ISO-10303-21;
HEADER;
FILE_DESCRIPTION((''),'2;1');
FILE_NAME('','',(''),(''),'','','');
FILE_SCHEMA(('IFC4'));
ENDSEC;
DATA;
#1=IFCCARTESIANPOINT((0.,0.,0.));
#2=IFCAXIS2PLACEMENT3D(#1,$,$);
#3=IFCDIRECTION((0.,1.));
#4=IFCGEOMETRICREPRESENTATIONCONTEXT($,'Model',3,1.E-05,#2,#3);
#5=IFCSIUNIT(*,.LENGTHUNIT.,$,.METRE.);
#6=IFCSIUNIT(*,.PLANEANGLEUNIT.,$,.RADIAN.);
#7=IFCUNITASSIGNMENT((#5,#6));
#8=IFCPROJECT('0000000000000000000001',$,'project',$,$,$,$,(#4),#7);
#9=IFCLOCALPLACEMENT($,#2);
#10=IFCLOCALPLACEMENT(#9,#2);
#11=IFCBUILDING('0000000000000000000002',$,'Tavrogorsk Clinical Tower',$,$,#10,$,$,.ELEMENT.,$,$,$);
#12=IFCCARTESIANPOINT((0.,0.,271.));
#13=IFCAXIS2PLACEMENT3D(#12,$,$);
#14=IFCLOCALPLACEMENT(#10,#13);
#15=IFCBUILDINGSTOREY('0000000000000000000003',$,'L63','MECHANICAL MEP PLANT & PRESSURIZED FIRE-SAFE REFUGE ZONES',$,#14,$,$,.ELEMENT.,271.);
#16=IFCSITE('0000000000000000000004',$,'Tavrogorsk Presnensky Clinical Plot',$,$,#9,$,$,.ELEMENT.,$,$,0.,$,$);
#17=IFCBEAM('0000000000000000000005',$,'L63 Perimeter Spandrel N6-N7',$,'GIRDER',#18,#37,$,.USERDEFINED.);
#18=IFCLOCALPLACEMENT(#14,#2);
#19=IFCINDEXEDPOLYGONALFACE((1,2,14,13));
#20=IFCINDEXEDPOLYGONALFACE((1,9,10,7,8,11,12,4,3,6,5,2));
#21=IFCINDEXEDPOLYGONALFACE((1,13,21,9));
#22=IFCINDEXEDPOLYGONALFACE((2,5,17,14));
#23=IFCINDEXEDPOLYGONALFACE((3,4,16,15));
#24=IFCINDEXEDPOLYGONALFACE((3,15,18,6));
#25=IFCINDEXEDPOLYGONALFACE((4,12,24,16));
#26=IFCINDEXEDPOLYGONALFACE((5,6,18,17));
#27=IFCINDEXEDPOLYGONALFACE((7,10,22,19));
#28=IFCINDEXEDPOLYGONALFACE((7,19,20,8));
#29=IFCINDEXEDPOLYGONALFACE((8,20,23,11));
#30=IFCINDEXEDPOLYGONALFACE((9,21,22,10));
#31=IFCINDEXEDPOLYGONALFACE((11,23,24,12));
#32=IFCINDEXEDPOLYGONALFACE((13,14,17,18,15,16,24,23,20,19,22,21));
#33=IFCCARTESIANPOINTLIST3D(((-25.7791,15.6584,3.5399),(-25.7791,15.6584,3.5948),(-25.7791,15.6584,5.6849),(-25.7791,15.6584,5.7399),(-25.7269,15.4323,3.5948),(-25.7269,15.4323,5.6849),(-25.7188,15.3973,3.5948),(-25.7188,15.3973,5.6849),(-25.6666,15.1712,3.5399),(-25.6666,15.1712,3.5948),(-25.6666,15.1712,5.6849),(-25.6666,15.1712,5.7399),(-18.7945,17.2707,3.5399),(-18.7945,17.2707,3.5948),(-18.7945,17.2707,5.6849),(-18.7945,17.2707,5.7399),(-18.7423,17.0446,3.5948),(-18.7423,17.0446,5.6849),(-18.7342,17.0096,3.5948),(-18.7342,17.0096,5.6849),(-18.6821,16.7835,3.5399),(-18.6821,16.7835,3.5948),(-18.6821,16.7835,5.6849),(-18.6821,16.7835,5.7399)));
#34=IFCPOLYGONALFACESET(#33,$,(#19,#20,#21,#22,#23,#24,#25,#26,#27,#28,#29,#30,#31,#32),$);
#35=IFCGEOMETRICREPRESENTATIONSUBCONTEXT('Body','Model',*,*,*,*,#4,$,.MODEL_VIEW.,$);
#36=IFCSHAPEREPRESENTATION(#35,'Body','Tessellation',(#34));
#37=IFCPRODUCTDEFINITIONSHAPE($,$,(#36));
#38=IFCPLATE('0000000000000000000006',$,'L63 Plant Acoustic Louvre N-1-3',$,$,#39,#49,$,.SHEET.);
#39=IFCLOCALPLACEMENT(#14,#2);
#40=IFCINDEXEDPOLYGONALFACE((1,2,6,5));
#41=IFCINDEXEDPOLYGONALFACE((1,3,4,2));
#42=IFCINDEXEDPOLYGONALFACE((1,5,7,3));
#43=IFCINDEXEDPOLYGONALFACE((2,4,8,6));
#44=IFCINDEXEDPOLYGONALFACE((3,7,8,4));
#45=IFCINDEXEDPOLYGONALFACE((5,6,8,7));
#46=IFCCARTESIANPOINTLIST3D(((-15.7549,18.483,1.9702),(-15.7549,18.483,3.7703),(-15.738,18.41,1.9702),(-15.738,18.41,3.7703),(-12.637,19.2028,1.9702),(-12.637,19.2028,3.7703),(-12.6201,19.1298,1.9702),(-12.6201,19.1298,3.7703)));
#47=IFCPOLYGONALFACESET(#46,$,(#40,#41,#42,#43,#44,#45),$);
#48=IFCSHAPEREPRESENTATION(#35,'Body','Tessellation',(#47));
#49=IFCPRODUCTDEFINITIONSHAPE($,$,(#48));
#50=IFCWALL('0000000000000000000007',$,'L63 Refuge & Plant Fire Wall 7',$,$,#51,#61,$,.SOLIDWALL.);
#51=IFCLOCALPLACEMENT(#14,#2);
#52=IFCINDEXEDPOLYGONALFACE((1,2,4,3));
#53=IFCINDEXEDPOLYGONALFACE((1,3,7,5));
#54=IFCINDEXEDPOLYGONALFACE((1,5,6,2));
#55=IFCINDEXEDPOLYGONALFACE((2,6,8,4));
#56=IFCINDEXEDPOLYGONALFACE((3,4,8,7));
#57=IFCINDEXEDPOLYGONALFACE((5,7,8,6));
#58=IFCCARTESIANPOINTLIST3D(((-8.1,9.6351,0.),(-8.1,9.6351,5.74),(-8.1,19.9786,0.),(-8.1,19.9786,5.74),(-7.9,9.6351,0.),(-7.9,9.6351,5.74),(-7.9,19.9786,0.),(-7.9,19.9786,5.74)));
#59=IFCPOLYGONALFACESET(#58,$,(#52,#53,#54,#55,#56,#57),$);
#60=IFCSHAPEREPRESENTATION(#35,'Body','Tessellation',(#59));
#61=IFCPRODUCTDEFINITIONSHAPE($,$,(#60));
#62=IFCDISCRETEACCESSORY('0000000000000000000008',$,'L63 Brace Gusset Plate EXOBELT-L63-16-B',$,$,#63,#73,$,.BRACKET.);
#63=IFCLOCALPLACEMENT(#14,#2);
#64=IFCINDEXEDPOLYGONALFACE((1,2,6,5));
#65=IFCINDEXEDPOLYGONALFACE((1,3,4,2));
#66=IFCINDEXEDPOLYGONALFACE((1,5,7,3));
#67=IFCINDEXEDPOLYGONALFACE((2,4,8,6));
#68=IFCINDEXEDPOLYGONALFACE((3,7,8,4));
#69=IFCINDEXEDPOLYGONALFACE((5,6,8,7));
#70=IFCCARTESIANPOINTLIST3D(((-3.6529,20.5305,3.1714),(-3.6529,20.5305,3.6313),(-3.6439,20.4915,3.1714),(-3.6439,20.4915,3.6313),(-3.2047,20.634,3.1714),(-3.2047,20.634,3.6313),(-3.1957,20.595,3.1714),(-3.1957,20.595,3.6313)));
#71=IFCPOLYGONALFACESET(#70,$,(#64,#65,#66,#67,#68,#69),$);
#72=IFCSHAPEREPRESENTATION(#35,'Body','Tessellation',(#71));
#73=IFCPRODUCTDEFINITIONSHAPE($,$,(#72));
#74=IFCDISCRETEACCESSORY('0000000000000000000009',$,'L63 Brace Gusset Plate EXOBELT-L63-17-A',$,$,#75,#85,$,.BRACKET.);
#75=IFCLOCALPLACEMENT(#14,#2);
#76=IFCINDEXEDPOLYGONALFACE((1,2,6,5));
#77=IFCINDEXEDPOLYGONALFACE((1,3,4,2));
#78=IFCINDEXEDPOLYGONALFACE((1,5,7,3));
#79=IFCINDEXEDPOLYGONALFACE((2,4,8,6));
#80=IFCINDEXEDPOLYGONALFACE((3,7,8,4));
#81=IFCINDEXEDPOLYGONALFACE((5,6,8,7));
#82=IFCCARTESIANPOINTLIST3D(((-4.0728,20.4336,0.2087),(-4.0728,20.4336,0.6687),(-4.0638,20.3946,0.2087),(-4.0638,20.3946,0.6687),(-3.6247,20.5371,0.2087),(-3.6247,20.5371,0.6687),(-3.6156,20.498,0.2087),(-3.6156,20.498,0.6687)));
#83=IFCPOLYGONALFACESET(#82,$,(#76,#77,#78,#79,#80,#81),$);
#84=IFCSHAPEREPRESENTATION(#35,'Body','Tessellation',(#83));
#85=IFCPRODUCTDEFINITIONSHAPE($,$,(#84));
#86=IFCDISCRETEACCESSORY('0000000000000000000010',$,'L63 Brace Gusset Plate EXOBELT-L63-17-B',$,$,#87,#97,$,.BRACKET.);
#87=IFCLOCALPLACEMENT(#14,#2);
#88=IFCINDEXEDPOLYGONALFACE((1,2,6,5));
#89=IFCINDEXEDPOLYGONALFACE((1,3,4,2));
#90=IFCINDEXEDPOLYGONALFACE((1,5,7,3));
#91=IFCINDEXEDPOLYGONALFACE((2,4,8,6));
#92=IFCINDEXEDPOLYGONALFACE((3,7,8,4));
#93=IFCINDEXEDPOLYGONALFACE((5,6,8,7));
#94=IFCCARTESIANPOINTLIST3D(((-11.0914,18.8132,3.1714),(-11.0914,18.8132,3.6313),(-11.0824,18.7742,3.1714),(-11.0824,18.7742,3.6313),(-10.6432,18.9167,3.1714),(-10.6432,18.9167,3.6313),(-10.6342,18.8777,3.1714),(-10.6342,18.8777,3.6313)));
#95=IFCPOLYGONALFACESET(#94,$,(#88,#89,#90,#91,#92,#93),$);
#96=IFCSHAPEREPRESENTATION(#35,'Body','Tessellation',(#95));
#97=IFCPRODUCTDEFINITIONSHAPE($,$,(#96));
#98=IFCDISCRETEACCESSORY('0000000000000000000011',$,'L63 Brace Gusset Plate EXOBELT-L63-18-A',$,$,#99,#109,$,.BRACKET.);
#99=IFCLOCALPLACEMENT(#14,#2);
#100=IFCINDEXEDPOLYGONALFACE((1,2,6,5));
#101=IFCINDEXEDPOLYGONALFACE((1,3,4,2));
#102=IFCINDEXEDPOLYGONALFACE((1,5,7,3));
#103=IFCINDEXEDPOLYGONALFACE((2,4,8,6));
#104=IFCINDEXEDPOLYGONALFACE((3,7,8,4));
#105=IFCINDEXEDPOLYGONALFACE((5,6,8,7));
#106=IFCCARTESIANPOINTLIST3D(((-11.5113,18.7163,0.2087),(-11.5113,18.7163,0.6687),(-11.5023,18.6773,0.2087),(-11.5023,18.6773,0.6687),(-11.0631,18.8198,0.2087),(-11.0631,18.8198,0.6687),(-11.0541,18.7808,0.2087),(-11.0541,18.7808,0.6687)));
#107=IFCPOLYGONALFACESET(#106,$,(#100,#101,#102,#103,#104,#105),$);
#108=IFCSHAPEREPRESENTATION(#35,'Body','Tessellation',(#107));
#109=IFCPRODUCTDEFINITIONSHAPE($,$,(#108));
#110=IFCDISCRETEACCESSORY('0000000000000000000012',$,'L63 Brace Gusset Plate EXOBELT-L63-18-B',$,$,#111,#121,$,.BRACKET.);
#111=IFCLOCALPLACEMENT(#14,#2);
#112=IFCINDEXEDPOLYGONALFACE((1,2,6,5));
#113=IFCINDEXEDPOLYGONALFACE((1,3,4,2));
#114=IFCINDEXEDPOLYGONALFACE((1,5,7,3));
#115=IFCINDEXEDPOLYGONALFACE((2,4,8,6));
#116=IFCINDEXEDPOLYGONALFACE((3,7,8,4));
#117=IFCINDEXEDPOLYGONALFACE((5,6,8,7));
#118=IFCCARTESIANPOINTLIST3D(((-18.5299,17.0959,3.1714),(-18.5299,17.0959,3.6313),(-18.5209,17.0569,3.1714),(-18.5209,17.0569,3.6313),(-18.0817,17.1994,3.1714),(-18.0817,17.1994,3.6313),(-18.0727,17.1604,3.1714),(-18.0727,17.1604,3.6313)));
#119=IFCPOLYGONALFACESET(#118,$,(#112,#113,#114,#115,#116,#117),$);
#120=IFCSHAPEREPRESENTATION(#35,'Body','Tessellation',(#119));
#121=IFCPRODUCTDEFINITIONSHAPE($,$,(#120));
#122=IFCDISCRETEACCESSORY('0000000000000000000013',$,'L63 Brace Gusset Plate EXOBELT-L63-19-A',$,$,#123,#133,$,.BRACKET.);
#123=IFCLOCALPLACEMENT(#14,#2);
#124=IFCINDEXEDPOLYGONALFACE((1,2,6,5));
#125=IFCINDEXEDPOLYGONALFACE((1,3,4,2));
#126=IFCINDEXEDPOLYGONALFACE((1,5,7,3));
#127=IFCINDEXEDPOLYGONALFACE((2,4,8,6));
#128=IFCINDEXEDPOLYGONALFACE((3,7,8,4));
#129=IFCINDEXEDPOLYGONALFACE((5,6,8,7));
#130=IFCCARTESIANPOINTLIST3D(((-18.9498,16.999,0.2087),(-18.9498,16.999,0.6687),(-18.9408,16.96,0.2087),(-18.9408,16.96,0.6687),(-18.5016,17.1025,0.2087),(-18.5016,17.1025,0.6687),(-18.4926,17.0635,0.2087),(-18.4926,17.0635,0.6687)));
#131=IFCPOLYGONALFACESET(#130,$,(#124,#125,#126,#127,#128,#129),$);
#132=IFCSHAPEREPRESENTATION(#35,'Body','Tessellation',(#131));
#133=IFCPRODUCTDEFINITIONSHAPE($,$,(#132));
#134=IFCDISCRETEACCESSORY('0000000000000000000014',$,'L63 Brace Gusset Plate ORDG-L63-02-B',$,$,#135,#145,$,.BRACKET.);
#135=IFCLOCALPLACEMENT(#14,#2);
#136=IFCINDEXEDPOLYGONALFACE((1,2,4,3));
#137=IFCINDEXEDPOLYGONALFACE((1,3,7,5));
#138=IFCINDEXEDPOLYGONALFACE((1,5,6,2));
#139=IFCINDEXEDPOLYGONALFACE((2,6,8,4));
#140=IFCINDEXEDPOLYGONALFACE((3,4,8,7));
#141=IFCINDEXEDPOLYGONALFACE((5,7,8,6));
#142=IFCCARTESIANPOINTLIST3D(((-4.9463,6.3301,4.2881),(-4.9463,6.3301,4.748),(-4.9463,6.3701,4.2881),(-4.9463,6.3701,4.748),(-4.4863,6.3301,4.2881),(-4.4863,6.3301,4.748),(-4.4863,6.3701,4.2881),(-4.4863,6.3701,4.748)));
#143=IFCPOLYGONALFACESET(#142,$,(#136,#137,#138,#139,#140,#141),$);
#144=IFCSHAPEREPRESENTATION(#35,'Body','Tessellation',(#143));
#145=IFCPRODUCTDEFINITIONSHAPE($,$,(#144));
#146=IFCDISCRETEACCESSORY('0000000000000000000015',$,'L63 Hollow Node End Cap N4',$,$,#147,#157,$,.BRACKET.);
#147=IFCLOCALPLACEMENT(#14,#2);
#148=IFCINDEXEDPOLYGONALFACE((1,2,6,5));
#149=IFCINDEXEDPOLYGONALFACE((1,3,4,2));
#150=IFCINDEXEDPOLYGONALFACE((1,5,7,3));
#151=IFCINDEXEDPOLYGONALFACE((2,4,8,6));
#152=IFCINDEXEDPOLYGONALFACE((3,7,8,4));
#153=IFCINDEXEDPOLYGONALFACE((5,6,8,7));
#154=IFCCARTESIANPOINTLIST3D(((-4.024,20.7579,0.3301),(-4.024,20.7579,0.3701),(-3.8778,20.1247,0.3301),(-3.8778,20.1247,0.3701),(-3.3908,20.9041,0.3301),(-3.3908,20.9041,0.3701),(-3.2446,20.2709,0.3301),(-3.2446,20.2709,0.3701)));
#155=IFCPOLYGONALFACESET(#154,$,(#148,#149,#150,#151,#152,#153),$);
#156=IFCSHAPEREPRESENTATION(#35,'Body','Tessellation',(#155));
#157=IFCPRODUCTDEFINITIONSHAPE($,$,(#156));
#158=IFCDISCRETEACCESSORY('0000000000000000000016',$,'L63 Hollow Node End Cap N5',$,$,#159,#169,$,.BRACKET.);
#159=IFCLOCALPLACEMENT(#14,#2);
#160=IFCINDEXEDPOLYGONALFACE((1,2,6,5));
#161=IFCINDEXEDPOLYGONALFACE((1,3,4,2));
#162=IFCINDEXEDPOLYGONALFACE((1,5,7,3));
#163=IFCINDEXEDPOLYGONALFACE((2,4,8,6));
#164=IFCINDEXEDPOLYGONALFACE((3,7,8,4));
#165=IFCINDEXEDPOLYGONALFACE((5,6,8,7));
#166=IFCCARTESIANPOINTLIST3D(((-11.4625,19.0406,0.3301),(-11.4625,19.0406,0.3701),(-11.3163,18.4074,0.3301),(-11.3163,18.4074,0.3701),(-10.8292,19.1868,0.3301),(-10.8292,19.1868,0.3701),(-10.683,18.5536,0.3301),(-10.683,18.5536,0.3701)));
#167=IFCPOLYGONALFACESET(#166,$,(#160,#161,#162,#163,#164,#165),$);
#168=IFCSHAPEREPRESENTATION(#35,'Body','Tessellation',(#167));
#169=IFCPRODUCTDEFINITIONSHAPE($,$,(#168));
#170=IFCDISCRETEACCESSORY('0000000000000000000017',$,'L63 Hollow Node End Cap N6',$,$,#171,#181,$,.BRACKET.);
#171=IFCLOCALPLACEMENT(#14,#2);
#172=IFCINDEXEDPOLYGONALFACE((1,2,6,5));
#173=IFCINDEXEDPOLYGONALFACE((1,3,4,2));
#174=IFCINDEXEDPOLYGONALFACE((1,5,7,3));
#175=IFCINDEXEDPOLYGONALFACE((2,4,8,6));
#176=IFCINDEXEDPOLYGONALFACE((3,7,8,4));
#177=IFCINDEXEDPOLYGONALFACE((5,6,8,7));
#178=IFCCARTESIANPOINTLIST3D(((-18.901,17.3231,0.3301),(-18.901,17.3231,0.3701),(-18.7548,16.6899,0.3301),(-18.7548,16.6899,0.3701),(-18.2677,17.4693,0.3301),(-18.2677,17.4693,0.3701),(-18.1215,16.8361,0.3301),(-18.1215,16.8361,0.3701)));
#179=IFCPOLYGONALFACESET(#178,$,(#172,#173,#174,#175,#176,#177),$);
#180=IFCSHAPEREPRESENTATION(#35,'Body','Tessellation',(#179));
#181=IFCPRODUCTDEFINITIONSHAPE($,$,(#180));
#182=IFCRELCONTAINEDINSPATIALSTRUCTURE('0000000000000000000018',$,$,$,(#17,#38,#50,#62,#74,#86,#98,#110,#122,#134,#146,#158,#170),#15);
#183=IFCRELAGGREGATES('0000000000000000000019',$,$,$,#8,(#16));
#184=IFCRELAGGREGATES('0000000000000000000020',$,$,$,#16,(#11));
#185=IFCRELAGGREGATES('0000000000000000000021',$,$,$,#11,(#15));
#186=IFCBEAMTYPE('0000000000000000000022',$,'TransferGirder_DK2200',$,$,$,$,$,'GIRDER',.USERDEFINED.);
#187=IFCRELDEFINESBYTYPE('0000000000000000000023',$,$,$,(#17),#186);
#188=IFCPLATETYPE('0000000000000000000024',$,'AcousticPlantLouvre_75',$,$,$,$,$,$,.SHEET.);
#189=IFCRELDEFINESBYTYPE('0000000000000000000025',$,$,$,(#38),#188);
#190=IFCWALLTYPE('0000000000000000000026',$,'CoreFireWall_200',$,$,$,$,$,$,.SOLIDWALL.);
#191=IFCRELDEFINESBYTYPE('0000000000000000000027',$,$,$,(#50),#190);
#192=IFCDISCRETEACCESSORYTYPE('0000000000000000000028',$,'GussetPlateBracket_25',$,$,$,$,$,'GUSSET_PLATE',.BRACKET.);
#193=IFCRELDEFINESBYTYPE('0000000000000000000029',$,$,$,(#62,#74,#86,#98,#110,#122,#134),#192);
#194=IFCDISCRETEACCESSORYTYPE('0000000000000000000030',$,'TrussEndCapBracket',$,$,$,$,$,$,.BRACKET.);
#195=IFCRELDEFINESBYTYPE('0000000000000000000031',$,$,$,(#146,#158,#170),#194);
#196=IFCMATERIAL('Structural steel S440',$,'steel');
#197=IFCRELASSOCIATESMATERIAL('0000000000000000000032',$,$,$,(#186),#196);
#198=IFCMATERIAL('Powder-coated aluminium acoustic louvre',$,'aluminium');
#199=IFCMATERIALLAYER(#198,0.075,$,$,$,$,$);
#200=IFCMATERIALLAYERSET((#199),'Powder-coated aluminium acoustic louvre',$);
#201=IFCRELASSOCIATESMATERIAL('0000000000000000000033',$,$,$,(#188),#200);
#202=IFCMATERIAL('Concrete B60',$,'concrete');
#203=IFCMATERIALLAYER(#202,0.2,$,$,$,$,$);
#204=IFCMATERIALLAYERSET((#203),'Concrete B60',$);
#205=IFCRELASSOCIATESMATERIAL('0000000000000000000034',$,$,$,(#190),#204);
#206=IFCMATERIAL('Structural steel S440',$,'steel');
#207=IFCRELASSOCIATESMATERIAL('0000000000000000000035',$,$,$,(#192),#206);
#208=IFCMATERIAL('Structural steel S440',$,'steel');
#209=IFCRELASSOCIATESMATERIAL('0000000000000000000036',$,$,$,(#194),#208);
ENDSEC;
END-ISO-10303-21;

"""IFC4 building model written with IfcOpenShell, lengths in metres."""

from ifc_helpers import new_model, si_unit, direction, frame, frame_2d, origin, origin_2d, place, context, subcontext, project, spatial, rectangle, i_section, extrude, material, layer, layer_set, material_profile, profile_set, type_object, element, save


model = new_model("IFC4")

# Units and contexts
model_context = context("Model", 3, precision=1e-05, world=origin(), true_north=direction((0.0, 1.0)))
body_context = subcontext(model_context, "Body", "Model", "MODEL_VIEW")
ifc_project = project(units=[si_unit("LENGTHUNIT", "METRE"), si_unit("PLANEANGLEUNIT", "RADIAN")], contexts=[model_context])

# Site, building, storey
site_placement = place(None, origin())
site = spatial("IfcSite", under=ifc_project, at=site_placement, Name="Tavrogorsk Presnensky Clinical Plot", CompositionType="ELEMENT", RefElevation=0.0)
building_placement = place(site_placement, origin())
building = spatial("IfcBuilding", under=site, at=building_placement, Name="Tavrogorsk Clinical Tower", CompositionType="ELEMENT")
storey_placement = place(building_placement, frame((0.0, 0.0, 271.0)))
storey = spatial("IfcBuildingStorey", under=building, at=storey_placement, Name="L63", Description="MECHANICAL MEP PLANT & PRESSURIZED FIRE-SAFE REFUGE ZONES", CompositionType="ELEMENT", Elevation=271.0)

# Beam
ifc_material_1 = material(Name="Structural steel S440", Category="steel")
ifc_material_profile_1 = material_profile(ifc_material_1, i_section(OverallWidth=0.5, OverallDepth=2.2, WebThickness=0.0359, FlangeThickness=0.0549, at=origin_2d()), Name="DK-2200x500x36x55")
ifc_profile_set_1 = profile_set([ifc_material_profile_1], Name="Structural steel S440")
beam_type_1 = type_object("IfcBeamType", Name="TransferGirder_DK2200", ElementType="GIRDER", PredefinedType="USERDEFINED", material=ifc_profile_set_1)
for number, where, z_axis, x_axis, name in (
    (1, (-18.7383, 17.0271, 4.6399), (-0.974377, -0.224922, 0.0), (0.224922, -0.974377, 0.0), "L63 Perimeter Spandrel N6-N7"),
):
    element("IfcBeam", number, at=place(storey_placement, frame(where, z_axis=z_axis, x_axis=x_axis)), inside=storey, type_object=beam_type_1, Name=name, ObjectType="GIRDER", PredefinedType="USERDEFINED", context=body_context, shape_type="SweptSolid", body=[
        extrude(i_section(OverallWidth=0.5, OverallDepth=2.2, WebThickness=0.0359, FlangeThickness=0.0549, at=origin_2d()), origin(), (0.0, 0.0, 1.0), 7.1682),
    ])

# Plate
ifc_material_2 = material(Name="Powder-coated aluminium acoustic louvre", Category="aluminium")
ifc_layer_1 = layer(ifc_material_2, 0.075)
ifc_layer_set_1 = layer_set([ifc_layer_1], Name="Powder-coated aluminium acoustic louvre")
plate_type = type_object("IfcPlateType", Name="AcousticPlantLouvre_75", PredefinedType="SHEET", material=ifc_layer_set_1)
plate_placement = place(storey_placement, frame((-14.1875, 18.8064, 1.9702), z_axis=(0.0, 0.0, 1.0), x_axis=(-0.97437, -0.224953, 0.0)))
element("IfcPlate", 2, at=plate_placement, inside=storey, type_object=plate_type, Name="L63 Plant Acoustic Louvre N-1-3", PredefinedType="SHEET", context=body_context, shape_type="SweptSolid", body=[
    extrude(rectangle(XDim=3.2, YDim=0.075, at=origin_2d()), origin(), (0.0, 0.0, 1.0), 1.8),
])

# Wall
ifc_material_3 = material(Name="Concrete B60", Category="concrete")
ifc_layer_2 = layer(ifc_material_3, 0.2)
ifc_layer_set_2 = layer_set([ifc_layer_2], Name="Concrete B60")
wall_type = type_object("IfcWallType", Name="CoreFireWall_200", PredefinedType="SOLIDWALL", material=ifc_layer_set_2)
wall_placement = place(storey_placement, frame((-8.0, 9.635, 0.0), z_axis=(0.0, 0.0, 1.0), x_axis=(0.0, 1.0, 0.0)))
element("IfcWall", 3, at=wall_placement, inside=storey, type_object=wall_type, Name="L63 Refuge & Plant Fire Wall 7", PredefinedType="SOLIDWALL", context=body_context, shape_type="SweptSolid", body=[
    extrude(rectangle(XDim=10.3435, YDim=0.2, at=frame_2d((5.1719, 0.0))), origin(), (0.0, 0.0, 1.0), 5.74),
])

# Discrete accessories
ifc_material_4 = material(Name="Structural steel S440", Category="steel")
discrete_accessory_type_1 = type_object("IfcDiscreteAccessoryType", Name="GussetPlateBracket_25", ElementType="GUSSET_PLATE", PredefinedType="BRACKET", material=ifc_material_4)
for number, where, z_axis, x_axis, name in (
    (4, (-3.4243, 20.5627, 3.1714), (0.0, 0.0, 1.0), (-0.97437, -0.224951, 0.0), "L63 Brace Gusset Plate EXOBELT-L63-16-B"),
    (5, (-3.8442, 20.4658, 0.2087), (0.0, 0.0, 1.0), (-0.97437, -0.224951, 0.0), "L63 Brace Gusset Plate EXOBELT-L63-17-A"),
    (6, (-10.8628, 18.8455, 3.1714), (0.0, 0.0, 1.0), (-0.97437, -0.224951, 0.0), "L63 Brace Gusset Plate EXOBELT-L63-17-B"),
    (7, (-11.2827, 18.7485, 0.2087), (0.0, 0.0, 1.0), (-0.97437, -0.224951, 0.0), "L63 Brace Gusset Plate EXOBELT-L63-18-A"),
    (8, (-18.3013, 17.1282, 3.1714), (0.0, 0.0, 1.0), (-0.97437, -0.224951, 0.0), "L63 Brace Gusset Plate EXOBELT-L63-18-B"),
    (9, (-18.7212, 17.0312, 0.2087), (0.0, 0.0, 1.0), (-0.97437, -0.224951, 0.0), "L63 Brace Gusset Plate EXOBELT-L63-19-A"),
    (10, (-4.7163, 6.3501, 4.2881), (0.0, 0.0, 1.0), (1.0, 0.0, 0.0), "L63 Brace Gusset Plate ORDG-L63-02-B"),
):
    element("IfcDiscreteAccessory", number, at=place(storey_placement, frame(where, z_axis=z_axis, x_axis=x_axis)), inside=storey, type_object=discrete_accessory_type_1, Name=name, PredefinedType="BRACKET", context=body_context, shape_type="SweptSolid", body=[
        extrude(rectangle(XDim=0.46, YDim=0.04, at=origin_2d()), origin(), (0.0, 0.0, 1.0), 0.46),
    ])
ifc_material_5 = material(Name="Structural steel S440", Category="steel")
discrete_accessory_type_2 = type_object("IfcDiscreteAccessoryType", Name="TrussEndCapBracket", PredefinedType="BRACKET", material=ifc_material_5)
for number, where, z_axis, x_axis, name in (
    (11, (-3.6343, 20.5144, 0.3301), (0.0, 0.0, 1.0), (0.97437, 0.224951, 0.0), "L63 Hollow Node End Cap N4"),
    (12, (-11.0728, 18.7971, 0.3301), (0.0, 0.0, 1.0), (0.97437, 0.224951, 0.0), "L63 Hollow Node End Cap N5"),
    (13, (-18.5112, 17.0796, 0.3301), (0.0, 0.0, 1.0), (0.97437, 0.224951, 0.0), "L63 Hollow Node End Cap N6"),
):
    element("IfcDiscreteAccessory", number, at=place(storey_placement, frame(where, z_axis=z_axis, x_axis=x_axis)), inside=storey, type_object=discrete_accessory_type_2, Name=name, PredefinedType="BRACKET", context=body_context, shape_type="SweptSolid", body=[
        extrude(rectangle(XDim=0.6499, YDim=0.6499, at=origin_2d()), origin(), (0.0, 0.0, 1.0), 0.04),
    ])

save(model, "model.ifc")
